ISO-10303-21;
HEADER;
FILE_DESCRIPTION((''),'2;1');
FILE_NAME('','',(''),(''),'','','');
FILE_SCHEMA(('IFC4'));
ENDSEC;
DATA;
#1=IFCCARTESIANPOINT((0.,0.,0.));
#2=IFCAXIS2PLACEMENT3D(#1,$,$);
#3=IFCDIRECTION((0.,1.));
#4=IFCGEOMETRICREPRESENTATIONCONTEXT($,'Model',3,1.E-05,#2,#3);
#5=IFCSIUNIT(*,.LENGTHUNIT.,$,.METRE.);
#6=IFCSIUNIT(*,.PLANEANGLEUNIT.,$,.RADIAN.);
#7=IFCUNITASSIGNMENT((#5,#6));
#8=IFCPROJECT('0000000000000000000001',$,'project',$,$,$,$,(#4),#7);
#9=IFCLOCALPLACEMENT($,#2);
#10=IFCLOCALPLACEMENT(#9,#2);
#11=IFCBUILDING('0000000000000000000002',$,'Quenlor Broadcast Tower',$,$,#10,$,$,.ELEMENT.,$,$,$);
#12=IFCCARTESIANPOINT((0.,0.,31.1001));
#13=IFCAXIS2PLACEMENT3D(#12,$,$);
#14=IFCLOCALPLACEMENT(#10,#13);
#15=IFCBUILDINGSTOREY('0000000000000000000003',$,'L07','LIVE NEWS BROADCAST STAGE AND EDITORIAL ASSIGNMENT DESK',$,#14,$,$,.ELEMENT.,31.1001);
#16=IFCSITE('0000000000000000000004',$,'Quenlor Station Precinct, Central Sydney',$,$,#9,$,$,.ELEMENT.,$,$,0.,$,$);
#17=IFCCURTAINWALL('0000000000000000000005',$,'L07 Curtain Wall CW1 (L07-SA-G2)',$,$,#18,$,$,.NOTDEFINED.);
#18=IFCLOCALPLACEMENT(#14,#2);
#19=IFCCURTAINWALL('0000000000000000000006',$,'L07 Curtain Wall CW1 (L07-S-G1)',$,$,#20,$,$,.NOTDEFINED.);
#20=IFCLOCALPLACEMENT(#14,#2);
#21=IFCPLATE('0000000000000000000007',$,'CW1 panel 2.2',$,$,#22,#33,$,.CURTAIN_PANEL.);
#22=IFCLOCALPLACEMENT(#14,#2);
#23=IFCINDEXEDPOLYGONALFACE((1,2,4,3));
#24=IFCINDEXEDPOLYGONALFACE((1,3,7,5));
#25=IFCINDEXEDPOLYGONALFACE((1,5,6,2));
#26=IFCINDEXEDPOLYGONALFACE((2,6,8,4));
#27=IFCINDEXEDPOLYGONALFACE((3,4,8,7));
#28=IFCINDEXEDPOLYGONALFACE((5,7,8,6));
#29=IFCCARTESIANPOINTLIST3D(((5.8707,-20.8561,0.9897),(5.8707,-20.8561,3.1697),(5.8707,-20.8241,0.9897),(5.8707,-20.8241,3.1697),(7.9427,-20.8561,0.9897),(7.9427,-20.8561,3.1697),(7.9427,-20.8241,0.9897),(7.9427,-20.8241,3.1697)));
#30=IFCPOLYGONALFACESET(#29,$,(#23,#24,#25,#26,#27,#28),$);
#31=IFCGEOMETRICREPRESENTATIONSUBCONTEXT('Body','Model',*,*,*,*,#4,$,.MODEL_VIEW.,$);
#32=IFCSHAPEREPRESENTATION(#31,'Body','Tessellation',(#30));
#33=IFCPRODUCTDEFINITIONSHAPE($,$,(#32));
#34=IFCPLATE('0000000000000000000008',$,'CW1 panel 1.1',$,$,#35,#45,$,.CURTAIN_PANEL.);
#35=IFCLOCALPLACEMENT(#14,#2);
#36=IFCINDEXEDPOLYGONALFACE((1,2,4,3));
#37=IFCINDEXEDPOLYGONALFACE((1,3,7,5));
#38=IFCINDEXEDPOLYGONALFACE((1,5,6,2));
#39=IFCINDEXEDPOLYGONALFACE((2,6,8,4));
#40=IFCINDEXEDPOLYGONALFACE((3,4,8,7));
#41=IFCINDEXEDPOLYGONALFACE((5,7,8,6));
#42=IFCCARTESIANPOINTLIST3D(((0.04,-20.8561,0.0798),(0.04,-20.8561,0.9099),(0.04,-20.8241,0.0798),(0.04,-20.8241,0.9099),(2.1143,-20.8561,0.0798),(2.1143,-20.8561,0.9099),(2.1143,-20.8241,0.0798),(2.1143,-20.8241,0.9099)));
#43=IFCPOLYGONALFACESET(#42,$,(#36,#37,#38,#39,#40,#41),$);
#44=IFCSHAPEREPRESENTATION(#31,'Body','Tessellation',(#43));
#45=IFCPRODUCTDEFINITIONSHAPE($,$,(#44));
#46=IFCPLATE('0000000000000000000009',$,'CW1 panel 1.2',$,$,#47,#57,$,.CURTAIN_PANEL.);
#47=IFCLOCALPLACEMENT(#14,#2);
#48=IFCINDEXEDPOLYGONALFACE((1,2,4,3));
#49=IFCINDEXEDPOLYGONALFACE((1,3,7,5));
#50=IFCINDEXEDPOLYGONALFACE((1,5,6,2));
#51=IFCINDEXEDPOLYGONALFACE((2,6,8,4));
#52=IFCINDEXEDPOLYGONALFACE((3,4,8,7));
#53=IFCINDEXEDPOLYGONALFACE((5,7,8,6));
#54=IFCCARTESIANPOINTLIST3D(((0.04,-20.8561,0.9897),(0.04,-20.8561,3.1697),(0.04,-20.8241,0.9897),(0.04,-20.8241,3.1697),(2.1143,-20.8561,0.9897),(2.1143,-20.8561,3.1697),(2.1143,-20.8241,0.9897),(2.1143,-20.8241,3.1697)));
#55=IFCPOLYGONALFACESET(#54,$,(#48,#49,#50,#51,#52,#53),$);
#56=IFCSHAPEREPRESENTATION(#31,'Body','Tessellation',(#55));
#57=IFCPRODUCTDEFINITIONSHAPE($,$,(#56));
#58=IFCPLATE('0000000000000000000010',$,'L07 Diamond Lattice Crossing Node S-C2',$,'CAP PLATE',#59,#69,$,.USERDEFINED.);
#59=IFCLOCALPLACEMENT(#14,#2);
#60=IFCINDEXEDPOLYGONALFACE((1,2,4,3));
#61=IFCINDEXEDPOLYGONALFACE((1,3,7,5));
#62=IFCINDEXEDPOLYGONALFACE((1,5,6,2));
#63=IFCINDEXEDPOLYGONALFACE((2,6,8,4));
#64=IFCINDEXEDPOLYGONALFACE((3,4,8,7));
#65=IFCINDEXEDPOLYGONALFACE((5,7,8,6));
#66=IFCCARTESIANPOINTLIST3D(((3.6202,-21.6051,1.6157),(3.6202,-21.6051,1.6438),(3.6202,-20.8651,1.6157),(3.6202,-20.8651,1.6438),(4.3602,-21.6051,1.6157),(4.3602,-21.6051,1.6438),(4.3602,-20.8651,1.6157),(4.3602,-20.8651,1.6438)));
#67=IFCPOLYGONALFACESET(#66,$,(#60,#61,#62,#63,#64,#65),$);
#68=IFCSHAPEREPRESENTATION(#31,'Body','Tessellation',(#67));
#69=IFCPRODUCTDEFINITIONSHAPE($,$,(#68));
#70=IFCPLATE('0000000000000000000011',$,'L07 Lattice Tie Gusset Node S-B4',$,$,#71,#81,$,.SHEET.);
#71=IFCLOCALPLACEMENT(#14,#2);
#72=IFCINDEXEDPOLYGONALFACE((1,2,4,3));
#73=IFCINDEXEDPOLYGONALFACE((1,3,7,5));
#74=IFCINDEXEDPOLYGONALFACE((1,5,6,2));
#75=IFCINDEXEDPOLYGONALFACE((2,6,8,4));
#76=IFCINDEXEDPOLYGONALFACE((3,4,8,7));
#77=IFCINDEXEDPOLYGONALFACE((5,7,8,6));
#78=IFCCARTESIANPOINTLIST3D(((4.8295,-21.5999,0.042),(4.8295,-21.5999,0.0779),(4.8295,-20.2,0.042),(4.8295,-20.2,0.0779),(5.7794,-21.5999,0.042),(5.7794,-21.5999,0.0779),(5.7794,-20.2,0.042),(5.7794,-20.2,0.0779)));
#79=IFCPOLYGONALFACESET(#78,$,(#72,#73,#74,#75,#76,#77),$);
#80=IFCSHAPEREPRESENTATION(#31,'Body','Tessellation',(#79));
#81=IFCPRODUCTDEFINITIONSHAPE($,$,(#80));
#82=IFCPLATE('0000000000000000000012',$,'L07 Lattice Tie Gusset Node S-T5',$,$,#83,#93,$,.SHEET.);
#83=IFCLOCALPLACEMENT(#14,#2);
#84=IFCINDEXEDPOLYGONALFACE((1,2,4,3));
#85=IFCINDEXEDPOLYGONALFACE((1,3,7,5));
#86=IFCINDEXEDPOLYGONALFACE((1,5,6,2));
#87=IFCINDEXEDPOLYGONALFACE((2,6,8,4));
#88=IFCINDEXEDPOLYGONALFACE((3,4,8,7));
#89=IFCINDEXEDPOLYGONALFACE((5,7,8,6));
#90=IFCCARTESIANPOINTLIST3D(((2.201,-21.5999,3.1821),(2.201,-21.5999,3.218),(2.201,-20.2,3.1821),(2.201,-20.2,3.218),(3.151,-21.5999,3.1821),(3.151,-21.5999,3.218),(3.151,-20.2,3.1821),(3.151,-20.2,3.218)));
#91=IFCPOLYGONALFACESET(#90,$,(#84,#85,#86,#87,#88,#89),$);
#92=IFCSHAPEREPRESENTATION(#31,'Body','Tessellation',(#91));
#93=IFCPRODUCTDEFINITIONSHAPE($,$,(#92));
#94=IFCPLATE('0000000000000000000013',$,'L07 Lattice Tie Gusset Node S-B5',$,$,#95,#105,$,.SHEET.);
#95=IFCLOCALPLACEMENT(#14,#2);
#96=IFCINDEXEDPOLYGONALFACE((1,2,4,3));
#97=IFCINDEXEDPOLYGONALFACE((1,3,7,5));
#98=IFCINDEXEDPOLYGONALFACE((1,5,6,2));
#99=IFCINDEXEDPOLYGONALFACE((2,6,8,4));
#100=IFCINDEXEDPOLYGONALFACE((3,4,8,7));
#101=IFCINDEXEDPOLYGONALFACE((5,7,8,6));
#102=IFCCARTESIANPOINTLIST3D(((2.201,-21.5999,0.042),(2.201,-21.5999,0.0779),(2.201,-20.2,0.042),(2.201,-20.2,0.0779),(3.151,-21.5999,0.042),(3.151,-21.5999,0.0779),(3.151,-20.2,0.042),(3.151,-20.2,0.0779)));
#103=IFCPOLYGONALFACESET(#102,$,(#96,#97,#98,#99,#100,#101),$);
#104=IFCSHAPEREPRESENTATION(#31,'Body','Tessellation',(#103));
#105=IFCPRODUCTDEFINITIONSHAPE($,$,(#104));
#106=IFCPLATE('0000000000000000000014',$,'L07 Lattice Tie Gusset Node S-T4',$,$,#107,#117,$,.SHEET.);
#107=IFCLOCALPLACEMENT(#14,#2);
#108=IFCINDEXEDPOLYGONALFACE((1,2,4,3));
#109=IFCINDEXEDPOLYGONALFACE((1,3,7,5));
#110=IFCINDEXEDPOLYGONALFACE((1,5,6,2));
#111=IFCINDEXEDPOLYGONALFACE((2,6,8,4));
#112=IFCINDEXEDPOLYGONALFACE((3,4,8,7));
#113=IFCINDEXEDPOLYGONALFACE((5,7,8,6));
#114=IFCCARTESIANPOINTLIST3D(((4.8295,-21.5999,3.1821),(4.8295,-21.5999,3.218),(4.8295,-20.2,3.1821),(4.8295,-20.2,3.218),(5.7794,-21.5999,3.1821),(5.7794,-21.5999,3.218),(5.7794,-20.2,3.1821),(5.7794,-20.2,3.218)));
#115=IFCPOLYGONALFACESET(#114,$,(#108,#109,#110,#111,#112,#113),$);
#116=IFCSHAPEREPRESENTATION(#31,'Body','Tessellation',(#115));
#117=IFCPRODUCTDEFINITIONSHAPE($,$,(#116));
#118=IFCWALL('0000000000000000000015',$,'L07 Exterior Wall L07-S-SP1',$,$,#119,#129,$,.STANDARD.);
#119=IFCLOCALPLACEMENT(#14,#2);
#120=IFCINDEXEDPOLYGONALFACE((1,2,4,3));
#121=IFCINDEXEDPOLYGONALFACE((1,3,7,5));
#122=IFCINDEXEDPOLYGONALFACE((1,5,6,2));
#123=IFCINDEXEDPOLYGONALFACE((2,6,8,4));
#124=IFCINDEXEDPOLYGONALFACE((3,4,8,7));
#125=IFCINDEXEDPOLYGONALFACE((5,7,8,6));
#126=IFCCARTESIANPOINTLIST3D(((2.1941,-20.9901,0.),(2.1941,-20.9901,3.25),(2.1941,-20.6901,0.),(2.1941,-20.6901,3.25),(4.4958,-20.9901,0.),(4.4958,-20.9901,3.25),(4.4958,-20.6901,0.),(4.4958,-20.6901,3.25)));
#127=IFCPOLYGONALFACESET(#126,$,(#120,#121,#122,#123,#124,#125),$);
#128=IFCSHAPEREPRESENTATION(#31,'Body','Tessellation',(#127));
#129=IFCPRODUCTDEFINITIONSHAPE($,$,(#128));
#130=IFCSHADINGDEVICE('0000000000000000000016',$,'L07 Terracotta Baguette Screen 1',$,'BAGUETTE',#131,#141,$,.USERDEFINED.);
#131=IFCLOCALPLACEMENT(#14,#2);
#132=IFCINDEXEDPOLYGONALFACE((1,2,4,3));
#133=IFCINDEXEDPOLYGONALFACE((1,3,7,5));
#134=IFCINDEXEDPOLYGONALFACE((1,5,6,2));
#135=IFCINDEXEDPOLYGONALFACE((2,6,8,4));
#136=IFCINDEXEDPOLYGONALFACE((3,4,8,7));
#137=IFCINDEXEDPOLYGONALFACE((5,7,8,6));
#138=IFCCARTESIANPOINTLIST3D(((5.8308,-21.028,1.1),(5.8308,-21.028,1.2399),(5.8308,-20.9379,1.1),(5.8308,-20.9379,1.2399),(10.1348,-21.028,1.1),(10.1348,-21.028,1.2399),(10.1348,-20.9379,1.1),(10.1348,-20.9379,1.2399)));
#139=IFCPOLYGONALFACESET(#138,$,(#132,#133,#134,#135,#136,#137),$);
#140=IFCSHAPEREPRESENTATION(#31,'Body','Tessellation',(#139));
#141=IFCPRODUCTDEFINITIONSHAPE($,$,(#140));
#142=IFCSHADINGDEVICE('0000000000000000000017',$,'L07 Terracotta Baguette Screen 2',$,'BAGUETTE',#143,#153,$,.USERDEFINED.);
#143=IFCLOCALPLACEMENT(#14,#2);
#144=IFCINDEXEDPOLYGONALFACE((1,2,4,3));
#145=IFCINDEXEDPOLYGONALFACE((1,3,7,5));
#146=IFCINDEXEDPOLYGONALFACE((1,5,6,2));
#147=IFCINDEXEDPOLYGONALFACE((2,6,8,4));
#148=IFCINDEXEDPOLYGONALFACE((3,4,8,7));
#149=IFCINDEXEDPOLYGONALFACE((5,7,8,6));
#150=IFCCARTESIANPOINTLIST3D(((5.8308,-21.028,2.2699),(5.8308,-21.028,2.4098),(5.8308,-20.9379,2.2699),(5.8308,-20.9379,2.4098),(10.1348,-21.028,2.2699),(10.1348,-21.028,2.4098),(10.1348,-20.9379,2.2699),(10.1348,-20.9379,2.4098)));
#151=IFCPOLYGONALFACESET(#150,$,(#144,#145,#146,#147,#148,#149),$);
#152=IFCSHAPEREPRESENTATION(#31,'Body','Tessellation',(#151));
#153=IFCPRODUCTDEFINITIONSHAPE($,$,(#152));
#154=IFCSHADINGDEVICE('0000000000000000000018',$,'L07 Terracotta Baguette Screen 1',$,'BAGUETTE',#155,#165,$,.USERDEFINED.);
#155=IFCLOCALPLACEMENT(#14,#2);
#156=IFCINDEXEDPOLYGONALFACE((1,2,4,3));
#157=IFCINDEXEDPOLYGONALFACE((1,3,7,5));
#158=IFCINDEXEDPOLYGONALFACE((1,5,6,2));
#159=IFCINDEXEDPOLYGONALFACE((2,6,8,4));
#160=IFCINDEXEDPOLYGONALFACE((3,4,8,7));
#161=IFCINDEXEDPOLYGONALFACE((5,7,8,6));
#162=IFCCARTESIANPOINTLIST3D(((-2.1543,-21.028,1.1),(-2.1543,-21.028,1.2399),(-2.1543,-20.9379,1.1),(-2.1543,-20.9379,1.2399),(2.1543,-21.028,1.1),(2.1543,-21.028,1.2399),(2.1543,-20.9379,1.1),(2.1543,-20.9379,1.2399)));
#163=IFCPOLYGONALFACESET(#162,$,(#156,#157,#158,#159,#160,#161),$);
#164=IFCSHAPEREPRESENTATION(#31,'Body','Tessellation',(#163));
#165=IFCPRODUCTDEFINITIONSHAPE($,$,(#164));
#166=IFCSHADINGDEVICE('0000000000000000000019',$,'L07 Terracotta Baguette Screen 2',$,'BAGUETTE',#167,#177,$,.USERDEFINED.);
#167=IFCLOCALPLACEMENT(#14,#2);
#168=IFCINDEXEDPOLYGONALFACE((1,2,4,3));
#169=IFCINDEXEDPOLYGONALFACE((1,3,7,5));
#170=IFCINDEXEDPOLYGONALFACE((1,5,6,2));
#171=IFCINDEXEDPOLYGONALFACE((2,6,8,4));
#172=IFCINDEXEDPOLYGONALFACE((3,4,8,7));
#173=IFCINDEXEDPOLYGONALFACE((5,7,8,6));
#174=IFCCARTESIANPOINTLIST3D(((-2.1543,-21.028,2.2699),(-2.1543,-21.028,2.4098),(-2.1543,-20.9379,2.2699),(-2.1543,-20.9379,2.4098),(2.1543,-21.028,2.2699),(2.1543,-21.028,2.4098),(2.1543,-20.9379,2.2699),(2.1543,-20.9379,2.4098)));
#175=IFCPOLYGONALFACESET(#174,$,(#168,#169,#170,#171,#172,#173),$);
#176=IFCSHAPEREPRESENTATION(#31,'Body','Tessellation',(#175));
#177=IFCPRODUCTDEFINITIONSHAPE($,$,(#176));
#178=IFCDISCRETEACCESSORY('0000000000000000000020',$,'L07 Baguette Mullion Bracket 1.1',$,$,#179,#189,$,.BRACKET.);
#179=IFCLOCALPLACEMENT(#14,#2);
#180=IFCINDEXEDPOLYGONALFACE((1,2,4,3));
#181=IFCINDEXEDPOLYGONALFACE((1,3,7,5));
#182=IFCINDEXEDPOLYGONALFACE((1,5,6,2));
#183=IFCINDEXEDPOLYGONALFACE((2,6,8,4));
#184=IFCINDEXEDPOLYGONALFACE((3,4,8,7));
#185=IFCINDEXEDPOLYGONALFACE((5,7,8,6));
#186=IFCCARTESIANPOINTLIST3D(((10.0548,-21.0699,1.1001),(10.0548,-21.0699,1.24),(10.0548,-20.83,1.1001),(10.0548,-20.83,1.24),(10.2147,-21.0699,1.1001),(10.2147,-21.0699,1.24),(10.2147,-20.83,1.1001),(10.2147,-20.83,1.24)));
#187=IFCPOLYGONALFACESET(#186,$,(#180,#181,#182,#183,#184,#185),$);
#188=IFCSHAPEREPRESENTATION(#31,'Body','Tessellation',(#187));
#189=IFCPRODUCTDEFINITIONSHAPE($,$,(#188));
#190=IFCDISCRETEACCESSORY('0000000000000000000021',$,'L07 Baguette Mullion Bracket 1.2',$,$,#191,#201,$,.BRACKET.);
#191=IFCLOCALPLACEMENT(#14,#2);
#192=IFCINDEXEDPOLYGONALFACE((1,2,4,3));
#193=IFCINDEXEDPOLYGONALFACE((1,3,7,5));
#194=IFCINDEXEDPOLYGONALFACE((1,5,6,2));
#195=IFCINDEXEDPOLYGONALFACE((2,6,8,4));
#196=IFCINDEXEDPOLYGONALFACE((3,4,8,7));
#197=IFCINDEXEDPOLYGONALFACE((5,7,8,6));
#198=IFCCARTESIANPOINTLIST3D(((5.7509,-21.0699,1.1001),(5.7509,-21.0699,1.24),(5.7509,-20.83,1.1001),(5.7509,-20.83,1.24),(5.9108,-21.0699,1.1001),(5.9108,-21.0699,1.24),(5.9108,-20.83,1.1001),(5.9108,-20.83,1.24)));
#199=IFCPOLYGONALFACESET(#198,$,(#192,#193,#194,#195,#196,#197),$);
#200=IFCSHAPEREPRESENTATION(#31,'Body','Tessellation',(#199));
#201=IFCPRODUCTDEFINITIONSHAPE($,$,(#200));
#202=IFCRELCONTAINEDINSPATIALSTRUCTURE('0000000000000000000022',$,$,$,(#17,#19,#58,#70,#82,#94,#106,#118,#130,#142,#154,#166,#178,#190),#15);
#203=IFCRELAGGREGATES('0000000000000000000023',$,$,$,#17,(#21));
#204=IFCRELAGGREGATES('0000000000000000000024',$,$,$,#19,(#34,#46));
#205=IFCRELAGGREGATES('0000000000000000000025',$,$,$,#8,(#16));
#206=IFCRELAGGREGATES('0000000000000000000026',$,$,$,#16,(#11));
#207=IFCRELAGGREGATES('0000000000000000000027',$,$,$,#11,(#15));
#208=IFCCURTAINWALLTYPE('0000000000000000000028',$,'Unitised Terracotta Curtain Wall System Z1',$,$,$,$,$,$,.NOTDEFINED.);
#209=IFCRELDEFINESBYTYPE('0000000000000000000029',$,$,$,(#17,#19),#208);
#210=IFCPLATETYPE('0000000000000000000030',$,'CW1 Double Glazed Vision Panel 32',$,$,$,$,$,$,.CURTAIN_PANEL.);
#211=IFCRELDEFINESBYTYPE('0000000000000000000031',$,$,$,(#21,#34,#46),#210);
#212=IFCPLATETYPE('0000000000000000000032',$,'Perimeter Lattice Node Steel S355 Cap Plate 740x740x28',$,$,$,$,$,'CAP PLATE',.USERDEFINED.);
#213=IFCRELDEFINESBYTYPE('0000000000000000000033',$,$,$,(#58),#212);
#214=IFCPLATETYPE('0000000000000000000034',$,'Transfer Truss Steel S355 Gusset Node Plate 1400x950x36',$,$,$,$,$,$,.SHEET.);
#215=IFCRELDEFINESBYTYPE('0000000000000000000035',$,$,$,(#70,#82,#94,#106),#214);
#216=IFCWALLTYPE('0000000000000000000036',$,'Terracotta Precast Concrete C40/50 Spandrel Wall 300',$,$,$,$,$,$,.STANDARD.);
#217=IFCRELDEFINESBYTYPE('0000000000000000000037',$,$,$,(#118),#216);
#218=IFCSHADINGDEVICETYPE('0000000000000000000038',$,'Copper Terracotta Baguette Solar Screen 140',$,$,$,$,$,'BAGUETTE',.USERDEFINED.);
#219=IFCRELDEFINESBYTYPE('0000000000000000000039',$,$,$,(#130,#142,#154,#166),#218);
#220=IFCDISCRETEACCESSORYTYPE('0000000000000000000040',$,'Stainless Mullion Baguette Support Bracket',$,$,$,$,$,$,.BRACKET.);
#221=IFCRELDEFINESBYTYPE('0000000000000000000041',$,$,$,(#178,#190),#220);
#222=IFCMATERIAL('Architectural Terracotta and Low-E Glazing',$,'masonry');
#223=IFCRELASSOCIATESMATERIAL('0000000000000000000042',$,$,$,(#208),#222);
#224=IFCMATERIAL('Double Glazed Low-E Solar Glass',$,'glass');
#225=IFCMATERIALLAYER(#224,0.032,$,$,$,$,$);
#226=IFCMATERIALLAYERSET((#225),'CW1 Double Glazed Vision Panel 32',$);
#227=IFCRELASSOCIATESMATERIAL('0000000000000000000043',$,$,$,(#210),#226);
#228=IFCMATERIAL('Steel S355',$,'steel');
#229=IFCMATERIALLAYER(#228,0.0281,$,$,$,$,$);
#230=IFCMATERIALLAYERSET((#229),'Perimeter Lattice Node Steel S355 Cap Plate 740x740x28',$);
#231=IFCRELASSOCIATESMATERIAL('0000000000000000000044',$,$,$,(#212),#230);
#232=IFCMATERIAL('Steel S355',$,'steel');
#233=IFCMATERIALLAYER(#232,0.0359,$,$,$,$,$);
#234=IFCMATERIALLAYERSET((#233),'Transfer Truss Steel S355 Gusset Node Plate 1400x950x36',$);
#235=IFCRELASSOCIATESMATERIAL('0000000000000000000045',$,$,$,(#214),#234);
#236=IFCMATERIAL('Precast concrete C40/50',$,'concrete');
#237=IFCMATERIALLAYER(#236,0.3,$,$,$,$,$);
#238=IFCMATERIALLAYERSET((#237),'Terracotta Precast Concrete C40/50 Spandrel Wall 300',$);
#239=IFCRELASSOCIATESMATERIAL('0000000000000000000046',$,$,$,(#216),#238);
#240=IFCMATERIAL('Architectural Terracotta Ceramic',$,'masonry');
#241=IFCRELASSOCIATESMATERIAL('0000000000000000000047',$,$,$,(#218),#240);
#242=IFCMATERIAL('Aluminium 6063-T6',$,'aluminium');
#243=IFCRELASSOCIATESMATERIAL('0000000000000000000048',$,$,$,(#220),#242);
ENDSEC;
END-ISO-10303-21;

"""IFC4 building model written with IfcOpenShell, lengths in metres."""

from ifc_helpers import new_model, si_unit, direction, frame, frame_2d, origin, origin_2d, place, context, subcontext, project, spatial, rectangle, extrude, material, layer, layer_set, material_profile, profile_set, type_object, element, aggregate, save


model = new_model("IFC4")

# Units and contexts
model_context = context("Model", 3, precision=1e-05, world=origin(), true_north=direction((0.0, 1.0)))
body_context = subcontext(model_context, "Body", "Model", "MODEL_VIEW")
ifc_project = project(units=[si_unit("LENGTHUNIT", "METRE"), si_unit("PLANEANGLEUNIT", "RADIAN")], contexts=[model_context])

# Site, building, storey
site_placement = place(None, origin())
site = spatial("IfcSite", under=ifc_project, at=site_placement, Name="Quenlor Station Precinct, Central Sydney", CompositionType="ELEMENT", RefElevation=0.0)
building_placement = place(site_placement, origin())
building = spatial("IfcBuilding", under=site, at=building_placement, Name="Quenlor Broadcast Tower", CompositionType="ELEMENT")
storey_placement = place(building_placement, frame((0.0, 0.0, 31.1001)))
storey = spatial("IfcBuildingStorey", under=building, at=storey_placement, Name="L07", Description="LIVE NEWS BROADCAST STAGE AND EDITORIAL ASSIGNMENT DESK", CompositionType="ELEMENT", Elevation=31.1001)

# Curtain wall
ifc_material_1 = material(Name="Architectural Terracotta and Low-E Glazing", Category="masonry")
curtain_wall_type = type_object("IfcCurtainWallType", Name="Unitised Terracotta Curtain Wall System Z1", PredefinedType="NOTDEFINED", material=ifc_material_1)
curtain_wall_1_placement = place(storey_placement, origin())
curtain_wall_1 = element("IfcCurtainWall", 1, at=curtain_wall_1_placement, inside=storey, type_object=curtain_wall_type, Name="L07 Curtain Wall CW1 (L07-SA-G2)", PredefinedType="NOTDEFINED")

# Curtain wall
curtain_wall_2_placement = place(storey_placement, origin())
curtain_wall_2 = element("IfcCurtainWall", 2, at=curtain_wall_2_placement, inside=storey, type_object=curtain_wall_type, Name="L07 Curtain Wall CW1 (L07-S-G1)", PredefinedType="NOTDEFINED")

# Plates
ifc_material_2 = material(Name="Double Glazed Low-E Solar Glass", Category="glass")
ifc_layer_1 = layer(ifc_material_2, 0.032)
ifc_layer_set_1 = layer_set([ifc_layer_1], Name="CW1 Double Glazed Vision Panel 32")
plate_type_1 = type_object("IfcPlateType", Name="CW1 Double Glazed Vision Panel 32", PredefinedType="CURTAIN_PANEL", material=ifc_layer_set_1)
plate_1_placement = place(storey_placement, frame((6.9067, -20.8401, 0.9897), z_axis=(0.0, 0.0, 1.0), x_axis=(-1.0, 0.0, 0.0)))
plate_1 = element("IfcPlate", 3, at=plate_1_placement, type_object=plate_type_1, Name="CW1 panel 2.2", PredefinedType="CURTAIN_PANEL", context=body_context, shape_type="SweptSolid", body=[
    extrude(rectangle(XDim=2.072, YDim=0.032, at=origin_2d()), origin(), (0.0, 0.0, 1.0), 2.1799),
])
aggregate(curtain_wall_1, [plate_1])
plate_2_placement = place(storey_placement, frame((1.0771, -20.8401, 0.0798), z_axis=(0.0, 0.0, 1.0), x_axis=(-1.0, 0.0, 0.0)))
plate_2 = element("IfcPlate", 4, at=plate_2_placement, type_object=plate_type_1, Name="CW1 panel 1.1", PredefinedType="CURTAIN_PANEL", context=body_context, shape_type="SweptSolid", body=[
    extrude(rectangle(XDim=2.0742, YDim=0.032, at=origin_2d()), origin(), (0.0, 0.0, 1.0), 0.8301),
])
plate_3_placement = place(storey_placement, frame((1.0771, -20.8401, 0.9897), z_axis=(0.0, 0.0, 1.0), x_axis=(-1.0, 0.0, 0.0)))
plate_3 = element("IfcPlate", 5, at=plate_3_placement, type_object=plate_type_1, Name="CW1 panel 1.2", PredefinedType="CURTAIN_PANEL", context=body_context, shape_type="SweptSolid", body=[
    extrude(rectangle(XDim=2.0742, YDim=0.032, at=origin_2d()), origin(), (0.0, 0.0, 1.0), 2.1799),
])
aggregate(curtain_wall_2, [plate_2, plate_3])

# Plates
ifc_material_3 = material(Name="Steel S355", Category="steel")
ifc_layer_2 = layer(ifc_material_3, 0.0281)
ifc_layer_set_2 = layer_set([ifc_layer_2], Name="Perimeter Lattice Node Steel S355 Cap Plate 740x740x28")
plate_type_2 = type_object("IfcPlateType", Name="Perimeter Lattice Node Steel S355 Cap Plate 740x740x28", ElementType="CAP PLATE", PredefinedType="USERDEFINED", material=ifc_layer_set_2)
plate_4_placement = place(storey_placement, frame((3.9902, -21.2351, 1.6157), z_axis=(0.0, 0.0, 1.0), x_axis=(-1.0, 0.0, 0.0)))
element("IfcPlate", 6, at=plate_4_placement, inside=storey, type_object=plate_type_2, Name="L07 Diamond Lattice Crossing Node S-C2", ObjectType="CAP PLATE", PredefinedType="USERDEFINED", context=body_context, shape_type="SweptSolid", body=[
    extrude(rectangle(XDim=0.74, YDim=0.74, at=origin_2d()), origin(), (0.0, 0.0, 1.0), 0.0281),
])
ifc_material_4 = material(Name="Steel S355", Category="steel")
ifc_layer_3 = layer(ifc_material_4, 0.0359)
ifc_layer_set_3 = layer_set([ifc_layer_3], Name="Transfer Truss Steel S355 Gusset Node Plate 1400x950x36")
plate_type_3 = type_object("IfcPlateType", Name="Transfer Truss Steel S355 Gusset Node Plate 1400x950x36", PredefinedType="SHEET", material=ifc_layer_set_3)
for number, where, z_axis, x_axis, name in (
    (7, (5.3044, -20.8999, 0.042), (0.0, 0.0, 1.0), (0.0, -1.0, 0.0), "L07 Lattice Tie Gusset Node S-B4"),
    (8, (2.676, -20.8999, 3.1821), (0.0, 0.0, 1.0), (0.0, -1.0, 0.0), "L07 Lattice Tie Gusset Node S-T5"),
    (9, (2.676, -20.8999, 0.042), (0.0, 0.0, 1.0), (0.0, -1.0, 0.0), "L07 Lattice Tie Gusset Node S-B5"),
    (10, (5.3044, -20.8999, 3.1821), (0.0, 0.0, 1.0), (0.0, -1.0, 0.0), "L07 Lattice Tie Gusset Node S-T4"),
):
    element("IfcPlate", number, at=place(storey_placement, frame(where, z_axis=z_axis, x_axis=x_axis)), inside=storey, type_object=plate_type_3, Name=name, PredefinedType="SHEET", context=body_context, shape_type="SweptSolid", body=[
        extrude(rectangle(XDim=1.3999, YDim=0.95, at=origin_2d()), origin(), (0.0, 0.0, 1.0), 0.0359),
    ])

# Wall
ifc_material_5 = material(Name="Precast concrete C40/50", Category="concrete")
ifc_layer_4 = layer(ifc_material_5, 0.3)
ifc_layer_set_4 = layer_set([ifc_layer_4], Name="Terracotta Precast Concrete C40/50 Spandrel Wall 300")
wall_type = type_object("IfcWallType", Name="Terracotta Precast Concrete C40/50 Spandrel Wall 300", PredefinedType="STANDARD", material=ifc_layer_set_4)
wall_placement = place(storey_placement, frame((4.4958, -20.8401, 0.0), z_axis=(0.0, 0.0, 1.0), x_axis=(-1.0, 0.0, 0.0)))
element("IfcWall", 11, at=wall_placement, inside=storey, type_object=wall_type, Name="L07 Exterior Wall L07-S-SP1", PredefinedType="STANDARD", context=body_context, shape_type="SweptSolid", body=[
    extrude(rectangle(XDim=2.3018, YDim=0.3, at=frame_2d((1.1509, 0.0))), origin(), (0.0, 0.0, 1.0), 3.25),
])

# Shading devices
ifc_material_6 = material(Name="Architectural Terracotta Ceramic", Category="masonry")
ifc_material_profile_1 = material_profile(ifc_material_6, rectangle(XDim=0.0901, YDim=0.1399, at=origin_2d()))
ifc_profile_set_1 = profile_set([ifc_material_profile_1], Name="Architectural Terracotta Ceramic BAG90x140")
shading_device_type = type_object("IfcShadingDeviceType", Name="Copper Terracotta Baguette Solar Screen 140", ElementType="BAGUETTE", PredefinedType="USERDEFINED", material=ifc_profile_set_1)
for number, where, z_axis, x_axis, name in (
    (12, (10.1348, -20.9829, 1.1699), (-1.0, 0.0, 0.0), (0.0, -1.0, 0.0), "L07 Terracotta Baguette Screen 1"),
    (13, (10.1348, -20.9829, 2.3398), (-1.0, 0.0, 0.0), (0.0, -1.0, 0.0), "L07 Terracotta Baguette Screen 2"),
):
    element("IfcShadingDevice", number, at=place(storey_placement, frame(where, z_axis=z_axis, x_axis=x_axis)), inside=storey, type_object=shading_device_type, Name=name, ObjectType="BAGUETTE", PredefinedType="USERDEFINED", context=body_context, shape_type="SweptSolid", body=[
        extrude(rectangle(XDim=0.0901, YDim=0.1399, at=origin_2d()), origin(), (0.0, 0.0, 1.0), 4.304),
    ])
for number, where, z_axis, x_axis, name in (
    (14, (2.1543, -20.9829, 1.1699), (-1.0, 0.0, 0.0), (0.0, -1.0, 0.0), "L07 Terracotta Baguette Screen 1"),
    (15, (2.1543, -20.9829, 2.3398), (-1.0, 0.0, 0.0), (0.0, -1.0, 0.0), "L07 Terracotta Baguette Screen 2"),
):
    element("IfcShadingDevice", number, at=place(storey_placement, frame(where, z_axis=z_axis, x_axis=x_axis)), inside=storey, type_object=shading_device_type, Name=name, ObjectType="BAGUETTE", PredefinedType="USERDEFINED", context=body_context, shape_type="SweptSolid", body=[
        extrude(rectangle(XDim=0.0901, YDim=0.1399, at=origin_2d()), origin(), (0.0, 0.0, 1.0), 4.3086),
    ])

# Discrete accessories
ifc_material_7 = material(Name="Aluminium 6063-T6", Category="aluminium")
discrete_accessory_type = type_object("IfcDiscreteAccessoryType", Name="Stainless Mullion Baguette Support Bracket", PredefinedType="BRACKET", material=ifc_material_7)
for number, where, z_axis, x_axis, name in (
    (16, (10.1348, -20.95, 1.1001), (0.0, 0.0, 1.0), (-1.0, 0.0, 0.0), "L07 Baguette Mullion Bracket 1.1"),
    (17, (5.8308, -20.95, 1.1001), (0.0, 0.0, 1.0), (-1.0, 0.0, 0.0), "L07 Baguette Mullion Bracket 1.2"),
):
    element("IfcDiscreteAccessory", number, at=place(storey_placement, frame(where, z_axis=z_axis, x_axis=x_axis)), inside=storey, type_object=discrete_accessory_type, Name=name, PredefinedType="BRACKET", context=body_context, shape_type="SweptSolid", body=[
        extrude(rectangle(XDim=0.1599, YDim=0.24, at=origin_2d()), origin(), (0.0, 0.0, 1.0), 0.1399),
    ])

save(model, "model.ifc")
